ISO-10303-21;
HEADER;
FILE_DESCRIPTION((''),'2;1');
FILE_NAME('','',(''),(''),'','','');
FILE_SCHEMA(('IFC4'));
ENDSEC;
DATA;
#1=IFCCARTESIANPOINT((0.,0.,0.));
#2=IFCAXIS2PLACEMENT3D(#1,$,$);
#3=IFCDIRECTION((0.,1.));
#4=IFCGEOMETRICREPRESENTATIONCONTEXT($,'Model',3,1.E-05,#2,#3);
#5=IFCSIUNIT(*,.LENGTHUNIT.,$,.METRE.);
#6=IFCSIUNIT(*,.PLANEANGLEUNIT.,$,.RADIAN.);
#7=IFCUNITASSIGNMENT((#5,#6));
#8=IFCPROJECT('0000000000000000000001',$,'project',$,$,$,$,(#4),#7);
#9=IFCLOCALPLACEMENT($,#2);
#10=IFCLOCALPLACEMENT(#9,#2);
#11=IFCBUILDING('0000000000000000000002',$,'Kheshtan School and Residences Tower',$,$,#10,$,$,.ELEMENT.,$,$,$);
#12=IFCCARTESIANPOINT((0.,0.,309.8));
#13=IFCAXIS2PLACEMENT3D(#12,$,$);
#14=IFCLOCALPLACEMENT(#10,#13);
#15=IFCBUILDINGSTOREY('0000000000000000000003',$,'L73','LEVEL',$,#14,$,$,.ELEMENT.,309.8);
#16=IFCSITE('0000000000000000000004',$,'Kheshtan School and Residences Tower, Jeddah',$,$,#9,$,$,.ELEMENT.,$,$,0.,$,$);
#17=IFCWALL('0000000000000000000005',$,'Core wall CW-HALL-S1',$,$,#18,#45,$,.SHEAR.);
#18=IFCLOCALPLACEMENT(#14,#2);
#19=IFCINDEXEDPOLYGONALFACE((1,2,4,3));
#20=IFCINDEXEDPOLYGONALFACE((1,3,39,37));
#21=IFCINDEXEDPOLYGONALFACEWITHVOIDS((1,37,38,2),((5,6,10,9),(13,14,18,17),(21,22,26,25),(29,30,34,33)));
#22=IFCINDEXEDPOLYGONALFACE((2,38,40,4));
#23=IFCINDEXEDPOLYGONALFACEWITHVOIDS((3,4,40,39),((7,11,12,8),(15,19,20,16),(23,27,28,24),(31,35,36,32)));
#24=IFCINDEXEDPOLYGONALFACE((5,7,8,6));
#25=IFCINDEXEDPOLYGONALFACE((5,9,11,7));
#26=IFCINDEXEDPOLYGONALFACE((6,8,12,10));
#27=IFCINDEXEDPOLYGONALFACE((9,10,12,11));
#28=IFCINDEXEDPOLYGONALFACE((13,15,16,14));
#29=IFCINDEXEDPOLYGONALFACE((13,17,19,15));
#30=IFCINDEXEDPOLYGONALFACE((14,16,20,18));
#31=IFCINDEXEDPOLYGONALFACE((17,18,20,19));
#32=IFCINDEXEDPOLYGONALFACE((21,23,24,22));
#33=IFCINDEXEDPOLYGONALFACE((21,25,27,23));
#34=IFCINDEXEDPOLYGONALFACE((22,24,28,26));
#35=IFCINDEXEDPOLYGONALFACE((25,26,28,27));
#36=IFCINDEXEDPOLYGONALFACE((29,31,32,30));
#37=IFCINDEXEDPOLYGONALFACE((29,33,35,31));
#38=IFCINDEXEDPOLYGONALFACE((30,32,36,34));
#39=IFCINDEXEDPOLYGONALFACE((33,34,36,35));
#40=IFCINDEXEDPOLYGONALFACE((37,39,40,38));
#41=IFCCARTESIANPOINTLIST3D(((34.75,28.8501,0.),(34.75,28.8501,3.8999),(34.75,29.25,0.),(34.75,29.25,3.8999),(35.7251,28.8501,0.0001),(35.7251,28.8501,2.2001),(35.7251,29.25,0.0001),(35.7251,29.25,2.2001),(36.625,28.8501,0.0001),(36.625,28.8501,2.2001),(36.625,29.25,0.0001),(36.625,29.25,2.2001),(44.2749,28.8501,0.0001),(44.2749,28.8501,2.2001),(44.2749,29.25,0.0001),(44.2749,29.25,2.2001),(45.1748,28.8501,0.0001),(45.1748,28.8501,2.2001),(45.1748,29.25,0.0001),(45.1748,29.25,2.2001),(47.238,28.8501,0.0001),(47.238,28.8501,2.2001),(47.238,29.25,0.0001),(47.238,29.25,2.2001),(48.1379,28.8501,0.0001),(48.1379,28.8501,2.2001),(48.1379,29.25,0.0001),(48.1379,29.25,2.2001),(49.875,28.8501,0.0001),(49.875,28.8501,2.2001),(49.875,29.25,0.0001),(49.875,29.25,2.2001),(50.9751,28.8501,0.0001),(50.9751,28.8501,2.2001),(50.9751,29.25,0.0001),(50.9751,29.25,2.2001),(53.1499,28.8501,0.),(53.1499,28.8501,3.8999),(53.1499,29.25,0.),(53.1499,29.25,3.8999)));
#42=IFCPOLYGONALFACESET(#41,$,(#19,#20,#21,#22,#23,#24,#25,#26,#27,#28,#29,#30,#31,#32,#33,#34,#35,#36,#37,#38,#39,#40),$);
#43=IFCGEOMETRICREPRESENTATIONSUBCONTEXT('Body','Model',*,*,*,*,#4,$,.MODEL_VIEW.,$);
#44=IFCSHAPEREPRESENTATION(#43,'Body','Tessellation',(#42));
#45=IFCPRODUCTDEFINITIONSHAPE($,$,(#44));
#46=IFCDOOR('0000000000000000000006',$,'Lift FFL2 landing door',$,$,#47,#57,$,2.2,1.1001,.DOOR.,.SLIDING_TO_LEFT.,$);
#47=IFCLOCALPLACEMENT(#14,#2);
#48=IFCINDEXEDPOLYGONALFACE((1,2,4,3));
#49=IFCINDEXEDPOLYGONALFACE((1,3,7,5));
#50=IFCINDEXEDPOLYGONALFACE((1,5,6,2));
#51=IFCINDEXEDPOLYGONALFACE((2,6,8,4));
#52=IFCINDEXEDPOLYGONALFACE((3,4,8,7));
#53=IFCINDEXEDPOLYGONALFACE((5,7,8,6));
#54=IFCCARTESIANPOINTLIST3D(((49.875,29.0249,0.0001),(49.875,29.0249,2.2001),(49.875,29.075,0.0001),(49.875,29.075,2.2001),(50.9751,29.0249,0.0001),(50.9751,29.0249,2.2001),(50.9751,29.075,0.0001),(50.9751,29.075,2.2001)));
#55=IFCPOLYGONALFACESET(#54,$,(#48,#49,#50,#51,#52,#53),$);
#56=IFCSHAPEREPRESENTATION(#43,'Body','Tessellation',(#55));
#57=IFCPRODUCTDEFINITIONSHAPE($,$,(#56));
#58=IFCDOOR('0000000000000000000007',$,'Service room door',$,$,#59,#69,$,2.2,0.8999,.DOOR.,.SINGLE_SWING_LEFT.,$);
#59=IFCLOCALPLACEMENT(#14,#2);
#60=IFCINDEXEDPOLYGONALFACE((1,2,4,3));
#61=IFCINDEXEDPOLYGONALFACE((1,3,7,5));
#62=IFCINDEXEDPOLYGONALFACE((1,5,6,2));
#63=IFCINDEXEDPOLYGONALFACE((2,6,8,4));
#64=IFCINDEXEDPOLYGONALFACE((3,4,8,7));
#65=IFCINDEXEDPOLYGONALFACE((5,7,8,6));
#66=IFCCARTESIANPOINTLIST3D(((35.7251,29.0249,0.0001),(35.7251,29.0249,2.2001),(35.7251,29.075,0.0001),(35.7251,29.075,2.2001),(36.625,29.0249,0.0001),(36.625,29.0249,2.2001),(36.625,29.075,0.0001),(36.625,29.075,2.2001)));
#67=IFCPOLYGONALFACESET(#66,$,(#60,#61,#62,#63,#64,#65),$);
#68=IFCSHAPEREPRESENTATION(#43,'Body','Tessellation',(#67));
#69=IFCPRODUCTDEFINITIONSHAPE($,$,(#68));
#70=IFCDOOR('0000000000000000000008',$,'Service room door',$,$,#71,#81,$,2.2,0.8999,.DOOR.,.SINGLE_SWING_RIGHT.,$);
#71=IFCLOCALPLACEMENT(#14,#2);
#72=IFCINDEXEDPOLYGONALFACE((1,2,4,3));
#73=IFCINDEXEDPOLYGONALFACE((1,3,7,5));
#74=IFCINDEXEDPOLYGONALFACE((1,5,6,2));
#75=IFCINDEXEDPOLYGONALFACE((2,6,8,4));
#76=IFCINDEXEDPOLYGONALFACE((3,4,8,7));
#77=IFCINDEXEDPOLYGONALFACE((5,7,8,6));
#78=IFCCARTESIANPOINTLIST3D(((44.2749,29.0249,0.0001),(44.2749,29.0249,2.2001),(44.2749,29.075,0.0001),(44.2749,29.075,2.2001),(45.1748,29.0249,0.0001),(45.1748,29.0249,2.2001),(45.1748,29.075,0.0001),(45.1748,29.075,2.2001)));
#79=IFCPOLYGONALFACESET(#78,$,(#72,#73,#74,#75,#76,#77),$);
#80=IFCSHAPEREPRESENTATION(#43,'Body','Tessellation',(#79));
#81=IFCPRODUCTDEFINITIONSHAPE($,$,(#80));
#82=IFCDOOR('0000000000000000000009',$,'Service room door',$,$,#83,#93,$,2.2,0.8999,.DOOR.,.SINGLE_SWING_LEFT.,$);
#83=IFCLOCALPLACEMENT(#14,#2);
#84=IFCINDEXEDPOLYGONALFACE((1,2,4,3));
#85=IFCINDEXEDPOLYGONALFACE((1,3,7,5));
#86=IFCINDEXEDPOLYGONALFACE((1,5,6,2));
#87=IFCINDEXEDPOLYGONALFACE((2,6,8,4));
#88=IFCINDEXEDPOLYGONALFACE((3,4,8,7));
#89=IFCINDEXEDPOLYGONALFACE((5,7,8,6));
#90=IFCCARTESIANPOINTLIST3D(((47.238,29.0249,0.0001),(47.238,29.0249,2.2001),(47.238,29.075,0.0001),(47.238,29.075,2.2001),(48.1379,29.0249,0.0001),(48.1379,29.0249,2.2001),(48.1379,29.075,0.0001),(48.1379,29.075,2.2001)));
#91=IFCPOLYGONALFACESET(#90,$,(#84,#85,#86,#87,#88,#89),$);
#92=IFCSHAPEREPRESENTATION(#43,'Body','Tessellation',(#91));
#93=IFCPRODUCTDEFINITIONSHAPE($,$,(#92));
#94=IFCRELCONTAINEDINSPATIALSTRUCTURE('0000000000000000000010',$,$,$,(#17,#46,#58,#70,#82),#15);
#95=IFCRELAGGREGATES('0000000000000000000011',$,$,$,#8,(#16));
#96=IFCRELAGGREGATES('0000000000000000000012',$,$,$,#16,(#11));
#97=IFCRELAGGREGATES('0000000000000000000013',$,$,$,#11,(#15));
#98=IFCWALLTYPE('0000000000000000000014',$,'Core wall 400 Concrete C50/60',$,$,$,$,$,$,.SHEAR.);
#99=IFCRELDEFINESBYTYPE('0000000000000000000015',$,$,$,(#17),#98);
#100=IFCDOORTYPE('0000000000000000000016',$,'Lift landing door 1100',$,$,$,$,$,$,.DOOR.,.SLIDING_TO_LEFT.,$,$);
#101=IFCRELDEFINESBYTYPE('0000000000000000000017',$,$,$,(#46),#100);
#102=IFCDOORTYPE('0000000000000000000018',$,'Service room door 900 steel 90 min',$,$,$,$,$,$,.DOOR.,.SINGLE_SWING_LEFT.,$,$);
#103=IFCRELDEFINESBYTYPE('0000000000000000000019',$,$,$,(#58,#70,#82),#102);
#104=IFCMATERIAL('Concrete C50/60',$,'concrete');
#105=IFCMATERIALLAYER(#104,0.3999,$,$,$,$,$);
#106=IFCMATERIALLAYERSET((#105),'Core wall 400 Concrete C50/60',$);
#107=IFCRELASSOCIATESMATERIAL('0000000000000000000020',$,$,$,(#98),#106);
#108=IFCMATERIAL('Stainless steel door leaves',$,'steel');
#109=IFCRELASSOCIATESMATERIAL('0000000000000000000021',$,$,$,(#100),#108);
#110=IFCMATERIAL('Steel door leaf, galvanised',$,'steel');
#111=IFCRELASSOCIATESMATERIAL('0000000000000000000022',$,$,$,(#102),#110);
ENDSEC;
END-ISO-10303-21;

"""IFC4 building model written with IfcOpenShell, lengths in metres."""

from ifc_helpers import new_model, si_unit, direction, frame, frame_2d, origin, place, context, subcontext, project, spatial, rectangle, extrude, source, transform, mapped, material, layer, layer_set, type_object, element, fill, save


model = new_model("IFC4")

# Units and contexts
model_context = context("Model", 3, precision=1e-05, world=origin(), true_north=direction((0.0, 1.0)))
body_context = subcontext(model_context, "Body", "Model", "MODEL_VIEW")
ifc_project = project(units=[si_unit("LENGTHUNIT", "METRE"), si_unit("PLANEANGLEUNIT", "RADIAN")], contexts=[model_context])

# Site, building, storey
site_placement = place(None, origin())
site = spatial("IfcSite", under=ifc_project, at=site_placement, Name="Kheshtan School and Residences Tower, Jeddah", CompositionType="ELEMENT", RefElevation=0.0)
building_placement = place(site_placement, origin())
building = spatial("IfcBuilding", under=site, at=building_placement, Name="Kheshtan School and Residences Tower", CompositionType="ELEMENT")
storey_placement = place(building_placement, frame((0.0, 0.0, 309.8)))
storey = spatial("IfcBuildingStorey", under=building, at=storey_placement, Name="L73", Description="LEVEL", CompositionType="ELEMENT", Elevation=309.8)

# Wall, openings, doors
ifc_material_1 = material(Name="Concrete C50/60", Category="concrete")
ifc_layer_1 = layer(ifc_material_1, 0.3999)
ifc_layer_set_1 = layer_set([ifc_layer_1], Name="Core wall 400 Concrete C50/60")
wall_type_1 = type_object("IfcWallType", Name="Core wall 400 Concrete C50/60", PredefinedType="SHEAR", material=ifc_layer_set_1)
wall_1_placement = place(storey_placement, frame((34.75, 29.05, 0.0), z_axis=(0.0, 0.0, 1.0), x_axis=(1.0, 0.0, 0.0)))
wall_1 = element("IfcWall", 1, at=wall_1_placement, inside=storey, type_object=wall_type_1, Name="Core wall CW-HALL-S1", PredefinedType="SHEAR", context=body_context, shape_type="SweptSolid", body=[
    extrude(rectangle(XDim=18.3999, YDim=0.3999, at=frame_2d((9.2, 0.0))), origin(), (0.0, 0.0, 1.0), 3.8999),
])
opening_1_placement = place(wall_1_placement, frame((15.125, 0.0, 0.0)))
opening_1 = element("IfcOpeningElement", 2, at=opening_1_placement, cuts=wall_1, PredefinedType="OPENING", context=body_context, shape_type="SweptSolid", body=[
    extrude(rectangle(XDim=1.1001, YDim=2.2, at=frame_2d((0.55, 1.1001))), frame((0.0, 0.21, 0.0), z_axis=(0.0, -1.0, 0.0), x_axis=(1.0, 0.0, 0.0)), (0.0, 0.0, 1.0), 0.4199),
])
opening_2_placement = place(wall_1_placement, frame((0.9751, 0.0, 0.0)))
opening_2 = element("IfcOpeningElement", 3, at=opening_2_placement, cuts=wall_1, PredefinedType="OPENING", context=body_context, shape_type="SweptSolid", body=[
    extrude(rectangle(XDim=0.8999, YDim=2.2, at=frame_2d((0.45, 1.1001))), frame((0.0, 0.21, 0.0), z_axis=(0.0, -1.0, 0.0), x_axis=(1.0, 0.0, 0.0)), (0.0, 0.0, 1.0), 0.4199),
])
opening_3_placement = place(wall_1_placement, frame((9.5249, 0.0, 0.0)))
opening_3 = element("IfcOpeningElement", 4, at=opening_3_placement, cuts=wall_1, PredefinedType="OPENING", context=body_context, shape_type="SweptSolid", body=[
    extrude(rectangle(XDim=0.8999, YDim=2.2, at=frame_2d((0.45, 1.1001))), frame((0.0, 0.21, 0.0), z_axis=(0.0, -1.0, 0.0), x_axis=(1.0, 0.0, 0.0)), (0.0, 0.0, 1.0), 0.4199),
])
opening_4_placement = place(wall_1_placement, frame((12.488, 0.0, 0.0)))
opening_4 = element("IfcOpeningElement", 5, at=opening_4_placement, cuts=wall_1, PredefinedType="OPENING", context=body_context, shape_type="SweptSolid", body=[
    extrude(rectangle(XDim=0.8999, YDim=2.2, at=frame_2d((0.45, 1.1001))), frame((0.0, 0.21, 0.0), z_axis=(0.0, -1.0, 0.0), x_axis=(1.0, 0.0, 0.0)), (0.0, 0.0, 1.0), 0.4199),
])
ifc_material_2 = material(Name="Stainless steel door leaves", Category="steel")
door_type_1 = type_object("IfcDoorType", Name="Lift landing door 1100", OperationType="SLIDING_TO_LEFT", PredefinedType="DOOR", material=ifc_material_2)
shared_shape_1 = source(origin(), body_context, "Body", "SweptSolid", [
    extrude(rectangle(XDim=1.1001, YDim=2.2, at=frame_2d((0.55, 1.1001))), frame((0.0, 0.0249, 0.0), z_axis=(0.0, -1.0, 0.0), x_axis=(1.0, 0.0, 0.0)), (0.0, 0.0, 1.0), 0.05),
])
door_1_placement = place(opening_1_placement, origin())
door_1 = element("IfcDoor", 6, at=door_1_placement, inside=storey, type_object=door_type_1, Name="Lift FFL2 landing door", OperationType="SLIDING_TO_LEFT", OverallHeight=2.2, OverallWidth=1.1001, PredefinedType="DOOR", context=body_context, shape_type="MappedRepresentation", body=[
    mapped(shared_shape_1, transform((0.0, 0.0, 0.0), x_axis=(1.0, 0.0, 0.0), y_axis=(0.0, 1.0, 0.0), z_axis=(0.0, 0.0, 1.0), scale=1.0)),
])
fill(opening_1, door_1)
ifc_material_3 = material(Name="Steel door leaf, galvanised", Category="steel")
door_type_2 = type_object("IfcDoorType", Name="Service room door 900 steel 90 min", OperationType="SINGLE_SWING_LEFT", PredefinedType="DOOR", material=ifc_material_3)
shared_shape_2 = source(origin(), body_context, "Body", "SweptSolid", [
    extrude(rectangle(XDim=0.8999, YDim=2.2, at=frame_2d((0.45, 1.1001))), frame((0.0, 0.0249, 0.0), z_axis=(0.0, -1.0, 0.0), x_axis=(1.0, 0.0, 0.0)), (0.0, 0.0, 1.0), 0.05),
])
door_2_placement = place(opening_2_placement, origin())
door_2 = element("IfcDoor", 7, at=door_2_placement, inside=storey, type_object=door_type_2, Name="Service room door", OperationType="SINGLE_SWING_LEFT", OverallHeight=2.2, OverallWidth=0.8999, PredefinedType="DOOR", context=body_context, shape_type="MappedRepresentation", body=[
    mapped(shared_shape_2, transform((0.0, 0.0, 0.0), x_axis=(1.0, 0.0, 0.0), y_axis=(0.0, 1.0, 0.0), z_axis=(0.0, 0.0, 1.0), scale=1.0)),
])
fill(opening_2, door_2)
door_3_placement = place(opening_3_placement, origin())
door_3 = element("IfcDoor", 8, at=door_3_placement, inside=storey, type_object=door_type_2, Name="Service room door", OperationType="SINGLE_SWING_RIGHT", OverallHeight=2.2, OverallWidth=0.8999, PredefinedType="DOOR", context=body_context, shape_type="MappedRepresentation", body=[
    mapped(shared_shape_2, transform((0.0, 0.0, 0.0), x_axis=(1.0, 0.0, 0.0), y_axis=(0.0, 1.0, 0.0), z_axis=(0.0, 0.0, 1.0), scale=1.0)),
])
fill(opening_3, door_3)
door_4_placement = place(opening_4_placement, origin())
door_4 = element("IfcDoor", 9, at=door_4_placement, inside=storey, type_object=door_type_2, Name="Service room door", OperationType="SINGLE_SWING_LEFT", OverallHeight=2.2, OverallWidth=0.8999, PredefinedType="DOOR", context=body_context, shape_type="MappedRepresentation", body=[
    mapped(shared_shape_2, transform((0.0, 0.0, 0.0), x_axis=(1.0, 0.0, 0.0), y_axis=(0.0, 1.0, 0.0), z_axis=(0.0, 0.0, 1.0), scale=1.0)),
])
fill(opening_4, door_4)

save(model, "model.ifc")
